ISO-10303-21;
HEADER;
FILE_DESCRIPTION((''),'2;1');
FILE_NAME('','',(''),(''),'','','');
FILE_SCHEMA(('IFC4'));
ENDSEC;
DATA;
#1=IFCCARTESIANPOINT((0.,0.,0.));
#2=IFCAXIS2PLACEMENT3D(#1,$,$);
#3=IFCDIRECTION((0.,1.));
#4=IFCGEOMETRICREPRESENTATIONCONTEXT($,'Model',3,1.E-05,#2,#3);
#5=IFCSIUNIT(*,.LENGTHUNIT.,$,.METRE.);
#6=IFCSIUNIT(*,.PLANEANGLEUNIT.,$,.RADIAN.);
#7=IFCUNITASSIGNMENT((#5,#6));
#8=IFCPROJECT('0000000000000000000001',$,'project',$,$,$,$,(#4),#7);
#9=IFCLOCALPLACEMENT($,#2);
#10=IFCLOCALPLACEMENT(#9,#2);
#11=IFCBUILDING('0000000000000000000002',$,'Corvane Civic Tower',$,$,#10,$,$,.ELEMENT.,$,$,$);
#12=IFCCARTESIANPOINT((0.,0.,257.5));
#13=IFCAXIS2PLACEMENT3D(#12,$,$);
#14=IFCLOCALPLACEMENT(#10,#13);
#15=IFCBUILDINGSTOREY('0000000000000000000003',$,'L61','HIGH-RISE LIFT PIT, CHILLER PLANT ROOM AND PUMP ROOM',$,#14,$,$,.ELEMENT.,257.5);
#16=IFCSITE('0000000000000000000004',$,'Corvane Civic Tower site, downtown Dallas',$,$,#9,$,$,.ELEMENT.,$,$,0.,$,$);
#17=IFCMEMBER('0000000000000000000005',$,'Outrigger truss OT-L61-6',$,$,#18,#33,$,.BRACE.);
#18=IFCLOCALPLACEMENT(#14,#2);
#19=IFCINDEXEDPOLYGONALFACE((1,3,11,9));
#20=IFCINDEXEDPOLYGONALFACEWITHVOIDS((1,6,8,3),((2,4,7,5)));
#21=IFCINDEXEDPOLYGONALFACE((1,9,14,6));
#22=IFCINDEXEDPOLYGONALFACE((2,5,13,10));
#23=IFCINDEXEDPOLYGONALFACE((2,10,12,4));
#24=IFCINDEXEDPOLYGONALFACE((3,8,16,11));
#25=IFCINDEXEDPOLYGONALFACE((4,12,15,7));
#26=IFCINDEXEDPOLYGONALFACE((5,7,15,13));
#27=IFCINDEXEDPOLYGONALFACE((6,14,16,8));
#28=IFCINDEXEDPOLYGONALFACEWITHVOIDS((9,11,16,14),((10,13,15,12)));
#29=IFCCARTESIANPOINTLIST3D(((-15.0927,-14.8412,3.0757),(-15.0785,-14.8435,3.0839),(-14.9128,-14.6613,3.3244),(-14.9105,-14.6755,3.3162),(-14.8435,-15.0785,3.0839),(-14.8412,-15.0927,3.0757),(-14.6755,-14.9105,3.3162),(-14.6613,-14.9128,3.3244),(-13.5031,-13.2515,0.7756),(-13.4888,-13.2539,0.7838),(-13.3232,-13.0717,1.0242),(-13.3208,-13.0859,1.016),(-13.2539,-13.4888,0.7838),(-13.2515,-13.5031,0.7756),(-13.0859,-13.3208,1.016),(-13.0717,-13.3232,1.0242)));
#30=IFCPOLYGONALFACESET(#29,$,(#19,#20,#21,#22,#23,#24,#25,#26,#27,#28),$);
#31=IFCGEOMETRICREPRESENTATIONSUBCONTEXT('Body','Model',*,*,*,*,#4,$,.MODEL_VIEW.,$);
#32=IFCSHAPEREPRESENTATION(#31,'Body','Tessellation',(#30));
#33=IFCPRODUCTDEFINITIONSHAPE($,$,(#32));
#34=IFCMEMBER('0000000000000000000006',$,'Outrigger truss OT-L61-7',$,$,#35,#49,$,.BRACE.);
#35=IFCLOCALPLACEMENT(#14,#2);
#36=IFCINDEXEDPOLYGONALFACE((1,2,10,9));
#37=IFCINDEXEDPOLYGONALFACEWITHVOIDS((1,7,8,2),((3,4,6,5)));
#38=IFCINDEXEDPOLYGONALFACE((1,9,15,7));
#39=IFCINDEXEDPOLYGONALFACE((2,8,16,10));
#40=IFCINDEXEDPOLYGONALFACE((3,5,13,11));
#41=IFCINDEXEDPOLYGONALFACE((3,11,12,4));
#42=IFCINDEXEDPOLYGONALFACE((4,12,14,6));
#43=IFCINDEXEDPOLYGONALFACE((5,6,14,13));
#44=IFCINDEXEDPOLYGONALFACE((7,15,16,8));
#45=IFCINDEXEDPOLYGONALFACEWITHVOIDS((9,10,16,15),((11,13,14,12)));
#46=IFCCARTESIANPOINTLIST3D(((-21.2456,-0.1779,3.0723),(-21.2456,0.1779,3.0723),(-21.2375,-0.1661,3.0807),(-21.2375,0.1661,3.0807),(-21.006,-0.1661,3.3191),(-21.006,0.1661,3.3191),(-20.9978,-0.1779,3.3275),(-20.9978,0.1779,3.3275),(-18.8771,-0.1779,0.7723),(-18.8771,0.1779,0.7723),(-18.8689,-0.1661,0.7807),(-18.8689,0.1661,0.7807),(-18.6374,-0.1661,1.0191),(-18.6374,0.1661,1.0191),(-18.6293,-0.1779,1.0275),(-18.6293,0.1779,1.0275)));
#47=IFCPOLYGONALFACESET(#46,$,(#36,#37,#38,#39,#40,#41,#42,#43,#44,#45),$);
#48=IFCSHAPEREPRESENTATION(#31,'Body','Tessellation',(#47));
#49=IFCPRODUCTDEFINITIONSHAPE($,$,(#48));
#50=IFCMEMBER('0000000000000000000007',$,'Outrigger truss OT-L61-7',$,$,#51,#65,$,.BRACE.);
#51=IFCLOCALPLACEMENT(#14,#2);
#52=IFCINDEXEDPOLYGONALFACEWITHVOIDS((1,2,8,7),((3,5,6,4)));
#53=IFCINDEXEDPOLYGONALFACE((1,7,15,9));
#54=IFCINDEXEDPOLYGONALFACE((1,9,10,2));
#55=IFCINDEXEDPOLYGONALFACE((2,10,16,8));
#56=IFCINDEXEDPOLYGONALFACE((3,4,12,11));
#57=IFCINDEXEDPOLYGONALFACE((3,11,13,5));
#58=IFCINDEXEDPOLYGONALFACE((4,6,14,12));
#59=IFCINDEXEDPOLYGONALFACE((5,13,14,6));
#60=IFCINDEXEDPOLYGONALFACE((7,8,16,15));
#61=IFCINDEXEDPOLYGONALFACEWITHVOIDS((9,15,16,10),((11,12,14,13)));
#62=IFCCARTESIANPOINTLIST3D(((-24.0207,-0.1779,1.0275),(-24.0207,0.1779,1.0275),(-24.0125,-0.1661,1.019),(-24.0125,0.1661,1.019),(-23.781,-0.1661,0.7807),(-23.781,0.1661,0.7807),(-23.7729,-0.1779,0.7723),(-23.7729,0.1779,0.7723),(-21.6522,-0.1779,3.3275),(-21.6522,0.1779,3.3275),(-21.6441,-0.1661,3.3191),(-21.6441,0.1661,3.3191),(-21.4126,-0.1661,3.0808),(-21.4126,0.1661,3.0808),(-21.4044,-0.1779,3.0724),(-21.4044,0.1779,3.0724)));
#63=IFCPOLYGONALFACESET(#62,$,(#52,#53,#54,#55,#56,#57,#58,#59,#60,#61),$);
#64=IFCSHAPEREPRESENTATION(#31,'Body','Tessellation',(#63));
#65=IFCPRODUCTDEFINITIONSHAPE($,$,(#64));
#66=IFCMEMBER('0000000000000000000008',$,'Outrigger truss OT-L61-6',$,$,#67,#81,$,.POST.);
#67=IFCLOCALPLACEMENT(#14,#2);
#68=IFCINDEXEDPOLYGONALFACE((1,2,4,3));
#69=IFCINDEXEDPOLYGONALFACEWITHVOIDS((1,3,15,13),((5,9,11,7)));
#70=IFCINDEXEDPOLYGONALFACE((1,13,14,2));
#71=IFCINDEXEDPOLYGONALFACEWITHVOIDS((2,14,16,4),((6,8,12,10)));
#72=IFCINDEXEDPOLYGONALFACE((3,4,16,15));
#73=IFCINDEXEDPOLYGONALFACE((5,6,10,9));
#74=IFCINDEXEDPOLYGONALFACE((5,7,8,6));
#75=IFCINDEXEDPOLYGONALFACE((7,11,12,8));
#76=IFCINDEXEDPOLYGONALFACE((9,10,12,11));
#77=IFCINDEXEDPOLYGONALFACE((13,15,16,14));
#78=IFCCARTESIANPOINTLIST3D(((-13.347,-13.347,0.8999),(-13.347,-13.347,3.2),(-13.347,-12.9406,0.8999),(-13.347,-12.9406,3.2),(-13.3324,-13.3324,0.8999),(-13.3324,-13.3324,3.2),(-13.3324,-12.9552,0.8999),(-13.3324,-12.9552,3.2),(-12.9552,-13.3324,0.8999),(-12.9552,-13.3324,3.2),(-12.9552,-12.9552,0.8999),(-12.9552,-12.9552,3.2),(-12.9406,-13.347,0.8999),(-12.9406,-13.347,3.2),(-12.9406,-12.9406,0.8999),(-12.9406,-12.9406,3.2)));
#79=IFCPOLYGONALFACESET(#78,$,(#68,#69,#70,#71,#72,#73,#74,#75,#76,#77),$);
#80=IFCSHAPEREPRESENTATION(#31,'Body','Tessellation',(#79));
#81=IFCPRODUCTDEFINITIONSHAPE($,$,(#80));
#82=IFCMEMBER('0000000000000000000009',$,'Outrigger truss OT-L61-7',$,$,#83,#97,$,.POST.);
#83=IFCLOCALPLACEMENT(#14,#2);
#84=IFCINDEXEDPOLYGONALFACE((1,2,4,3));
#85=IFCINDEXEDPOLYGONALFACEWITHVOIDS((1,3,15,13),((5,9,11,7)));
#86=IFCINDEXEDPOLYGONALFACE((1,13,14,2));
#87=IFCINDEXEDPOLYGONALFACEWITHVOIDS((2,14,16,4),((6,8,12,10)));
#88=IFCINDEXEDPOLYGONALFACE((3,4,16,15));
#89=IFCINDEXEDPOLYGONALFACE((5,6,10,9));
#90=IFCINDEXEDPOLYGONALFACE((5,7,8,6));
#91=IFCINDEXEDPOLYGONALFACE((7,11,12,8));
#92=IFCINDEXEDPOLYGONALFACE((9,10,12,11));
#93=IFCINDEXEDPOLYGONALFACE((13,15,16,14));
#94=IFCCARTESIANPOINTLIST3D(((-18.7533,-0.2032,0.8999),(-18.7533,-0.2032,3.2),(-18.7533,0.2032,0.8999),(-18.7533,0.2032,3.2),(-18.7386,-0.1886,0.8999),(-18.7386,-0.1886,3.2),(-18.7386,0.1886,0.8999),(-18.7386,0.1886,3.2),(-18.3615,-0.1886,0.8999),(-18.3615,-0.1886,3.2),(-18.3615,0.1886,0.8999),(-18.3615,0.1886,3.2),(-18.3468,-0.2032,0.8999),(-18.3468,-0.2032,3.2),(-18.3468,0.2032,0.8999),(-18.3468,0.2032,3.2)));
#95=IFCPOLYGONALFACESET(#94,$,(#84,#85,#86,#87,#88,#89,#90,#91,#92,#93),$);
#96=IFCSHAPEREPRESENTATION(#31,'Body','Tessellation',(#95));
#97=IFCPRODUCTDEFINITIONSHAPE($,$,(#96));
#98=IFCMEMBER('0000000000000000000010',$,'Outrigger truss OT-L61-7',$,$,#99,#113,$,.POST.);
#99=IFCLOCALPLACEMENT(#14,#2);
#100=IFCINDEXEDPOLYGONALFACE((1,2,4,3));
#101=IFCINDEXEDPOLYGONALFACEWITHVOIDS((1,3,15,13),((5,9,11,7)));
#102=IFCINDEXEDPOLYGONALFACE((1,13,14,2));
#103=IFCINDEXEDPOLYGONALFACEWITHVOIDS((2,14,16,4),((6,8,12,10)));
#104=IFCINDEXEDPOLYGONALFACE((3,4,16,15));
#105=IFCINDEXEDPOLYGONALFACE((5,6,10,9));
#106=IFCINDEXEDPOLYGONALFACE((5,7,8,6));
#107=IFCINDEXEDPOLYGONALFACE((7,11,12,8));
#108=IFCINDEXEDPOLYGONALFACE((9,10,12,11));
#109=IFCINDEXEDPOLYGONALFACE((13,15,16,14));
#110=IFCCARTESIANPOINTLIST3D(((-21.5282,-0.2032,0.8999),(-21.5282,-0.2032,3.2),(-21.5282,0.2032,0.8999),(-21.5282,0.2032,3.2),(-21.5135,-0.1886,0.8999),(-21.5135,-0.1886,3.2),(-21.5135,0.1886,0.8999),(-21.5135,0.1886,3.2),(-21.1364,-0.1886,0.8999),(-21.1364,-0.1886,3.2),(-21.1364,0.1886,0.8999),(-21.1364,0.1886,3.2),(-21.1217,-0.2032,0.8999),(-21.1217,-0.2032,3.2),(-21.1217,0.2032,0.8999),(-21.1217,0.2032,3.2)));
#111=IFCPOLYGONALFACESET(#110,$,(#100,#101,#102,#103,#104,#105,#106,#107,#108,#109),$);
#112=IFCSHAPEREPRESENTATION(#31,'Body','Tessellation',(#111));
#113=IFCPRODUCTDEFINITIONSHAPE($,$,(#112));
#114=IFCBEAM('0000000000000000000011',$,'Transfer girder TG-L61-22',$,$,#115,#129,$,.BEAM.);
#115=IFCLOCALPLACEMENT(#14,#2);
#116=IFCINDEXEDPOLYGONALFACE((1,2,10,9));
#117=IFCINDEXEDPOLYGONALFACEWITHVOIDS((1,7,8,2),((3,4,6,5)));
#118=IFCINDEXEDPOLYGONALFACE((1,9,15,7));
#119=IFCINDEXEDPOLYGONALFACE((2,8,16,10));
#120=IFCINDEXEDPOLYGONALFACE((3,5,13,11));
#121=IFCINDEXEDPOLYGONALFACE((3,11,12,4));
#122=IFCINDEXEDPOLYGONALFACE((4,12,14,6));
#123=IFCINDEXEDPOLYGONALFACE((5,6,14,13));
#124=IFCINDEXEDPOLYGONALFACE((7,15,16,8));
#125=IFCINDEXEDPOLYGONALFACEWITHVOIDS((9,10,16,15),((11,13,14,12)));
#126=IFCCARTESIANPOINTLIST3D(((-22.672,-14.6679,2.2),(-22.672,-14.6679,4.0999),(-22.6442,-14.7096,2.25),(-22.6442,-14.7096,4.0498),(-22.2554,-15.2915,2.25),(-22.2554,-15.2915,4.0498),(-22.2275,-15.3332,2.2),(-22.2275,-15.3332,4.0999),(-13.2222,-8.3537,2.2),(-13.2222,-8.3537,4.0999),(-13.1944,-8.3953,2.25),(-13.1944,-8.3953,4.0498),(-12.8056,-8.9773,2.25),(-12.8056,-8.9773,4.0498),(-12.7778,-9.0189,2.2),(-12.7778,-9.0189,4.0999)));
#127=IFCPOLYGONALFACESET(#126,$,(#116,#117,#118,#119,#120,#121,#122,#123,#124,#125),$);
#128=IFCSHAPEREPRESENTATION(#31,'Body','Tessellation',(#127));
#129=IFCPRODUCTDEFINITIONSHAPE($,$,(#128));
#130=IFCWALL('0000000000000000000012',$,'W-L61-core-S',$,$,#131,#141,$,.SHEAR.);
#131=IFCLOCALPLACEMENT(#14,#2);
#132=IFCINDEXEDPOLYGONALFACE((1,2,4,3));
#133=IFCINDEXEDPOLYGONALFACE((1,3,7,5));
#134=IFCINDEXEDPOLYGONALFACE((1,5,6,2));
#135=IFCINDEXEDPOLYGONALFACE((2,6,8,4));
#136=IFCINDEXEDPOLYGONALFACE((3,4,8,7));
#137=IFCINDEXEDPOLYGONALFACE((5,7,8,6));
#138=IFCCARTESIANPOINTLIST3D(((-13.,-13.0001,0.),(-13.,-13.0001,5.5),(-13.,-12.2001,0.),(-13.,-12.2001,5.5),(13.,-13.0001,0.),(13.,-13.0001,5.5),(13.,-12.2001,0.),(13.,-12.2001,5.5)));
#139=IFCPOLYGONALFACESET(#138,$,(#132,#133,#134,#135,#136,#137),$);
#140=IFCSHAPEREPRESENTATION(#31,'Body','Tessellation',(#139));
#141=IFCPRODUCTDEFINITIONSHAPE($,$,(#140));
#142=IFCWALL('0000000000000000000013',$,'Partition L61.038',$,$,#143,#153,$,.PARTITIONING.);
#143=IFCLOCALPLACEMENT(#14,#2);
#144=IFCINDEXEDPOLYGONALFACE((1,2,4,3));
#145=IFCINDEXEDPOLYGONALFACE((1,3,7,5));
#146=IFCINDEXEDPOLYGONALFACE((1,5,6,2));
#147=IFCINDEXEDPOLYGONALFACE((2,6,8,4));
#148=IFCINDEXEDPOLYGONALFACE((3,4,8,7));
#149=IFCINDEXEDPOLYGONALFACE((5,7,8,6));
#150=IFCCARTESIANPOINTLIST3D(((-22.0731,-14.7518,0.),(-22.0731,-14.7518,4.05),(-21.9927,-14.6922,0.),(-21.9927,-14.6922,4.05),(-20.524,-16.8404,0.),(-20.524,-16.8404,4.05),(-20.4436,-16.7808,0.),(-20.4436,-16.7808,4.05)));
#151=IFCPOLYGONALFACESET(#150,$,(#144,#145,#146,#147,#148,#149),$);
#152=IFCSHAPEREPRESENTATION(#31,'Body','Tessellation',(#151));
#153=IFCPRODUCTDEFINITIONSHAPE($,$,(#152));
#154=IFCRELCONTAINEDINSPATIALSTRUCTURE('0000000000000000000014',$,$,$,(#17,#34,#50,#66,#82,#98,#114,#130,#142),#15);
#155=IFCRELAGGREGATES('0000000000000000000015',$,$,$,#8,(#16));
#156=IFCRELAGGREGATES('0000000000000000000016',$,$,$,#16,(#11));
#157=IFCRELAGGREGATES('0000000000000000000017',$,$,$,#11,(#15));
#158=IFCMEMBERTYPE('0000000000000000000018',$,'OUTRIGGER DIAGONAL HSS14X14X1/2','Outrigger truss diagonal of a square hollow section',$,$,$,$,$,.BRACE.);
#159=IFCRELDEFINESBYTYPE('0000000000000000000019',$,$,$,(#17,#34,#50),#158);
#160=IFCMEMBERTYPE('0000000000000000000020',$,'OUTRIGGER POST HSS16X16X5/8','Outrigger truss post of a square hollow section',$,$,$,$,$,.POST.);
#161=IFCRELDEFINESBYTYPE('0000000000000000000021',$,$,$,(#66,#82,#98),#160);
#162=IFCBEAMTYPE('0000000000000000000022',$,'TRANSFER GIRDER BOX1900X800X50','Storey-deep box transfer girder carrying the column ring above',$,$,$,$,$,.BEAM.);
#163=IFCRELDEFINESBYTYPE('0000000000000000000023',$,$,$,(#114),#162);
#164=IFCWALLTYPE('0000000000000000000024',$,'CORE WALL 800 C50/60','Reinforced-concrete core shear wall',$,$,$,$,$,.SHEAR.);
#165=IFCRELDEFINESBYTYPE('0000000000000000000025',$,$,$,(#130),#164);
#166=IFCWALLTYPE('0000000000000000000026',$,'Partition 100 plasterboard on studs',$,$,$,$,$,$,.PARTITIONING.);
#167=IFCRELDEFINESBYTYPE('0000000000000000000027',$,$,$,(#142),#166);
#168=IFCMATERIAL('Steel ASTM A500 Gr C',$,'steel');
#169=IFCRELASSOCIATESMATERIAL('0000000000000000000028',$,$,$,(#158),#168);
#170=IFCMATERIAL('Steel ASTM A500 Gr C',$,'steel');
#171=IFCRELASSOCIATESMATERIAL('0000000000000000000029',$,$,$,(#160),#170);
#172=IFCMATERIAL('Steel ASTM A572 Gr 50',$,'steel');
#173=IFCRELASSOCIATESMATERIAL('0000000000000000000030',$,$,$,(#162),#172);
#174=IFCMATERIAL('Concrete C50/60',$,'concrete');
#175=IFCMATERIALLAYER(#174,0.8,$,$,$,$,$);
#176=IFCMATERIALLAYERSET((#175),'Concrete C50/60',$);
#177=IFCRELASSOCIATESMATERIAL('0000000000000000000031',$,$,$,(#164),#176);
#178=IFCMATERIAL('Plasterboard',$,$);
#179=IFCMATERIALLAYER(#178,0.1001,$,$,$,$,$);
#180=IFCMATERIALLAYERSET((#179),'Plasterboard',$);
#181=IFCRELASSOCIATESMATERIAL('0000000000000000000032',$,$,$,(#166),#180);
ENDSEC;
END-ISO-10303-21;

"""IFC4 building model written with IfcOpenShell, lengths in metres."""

from ifc_helpers import new_model, si_unit, direction, frame, frame_2d, origin, origin_2d, place, context, subcontext, project, spatial, rectangle, hollow_rectangle, extrude, material, layer, layer_set, material_profile, profile_set, type_object, element, save


model = new_model("IFC4")

# Units and contexts
model_context = context("Model", 3, precision=1e-05, world=origin(), true_north=direction((0.0, 1.0)))
body_context = subcontext(model_context, "Body", "Model", "MODEL_VIEW")
ifc_project = project(units=[si_unit("LENGTHUNIT", "METRE"), si_unit("PLANEANGLEUNIT", "RADIAN")], contexts=[model_context])

# Site, building, storey
site_placement = place(None, origin())
site = spatial("IfcSite", under=ifc_project, at=site_placement, Name="Corvane Civic Tower site, downtown Dallas", CompositionType="ELEMENT", RefElevation=0.0)
building_placement = place(site_placement, origin())
building = spatial("IfcBuilding", under=site, at=building_placement, Name="Corvane Civic Tower", CompositionType="ELEMENT")
storey_placement = place(building_placement, frame((0.0, 0.0, 257.5)))
storey = spatial("IfcBuildingStorey", under=building, at=storey_placement, Name="L61", Description="HIGH-RISE LIFT PIT, CHILLER PLANT ROOM AND PUMP ROOM", CompositionType="ELEMENT", Elevation=257.5)

# Members
ifc_material_1 = material(Name="Steel ASTM A500 Gr C", Category="steel")
ifc_material_profile_1 = material_profile(ifc_material_1, hollow_rectangle(XDim=0.3557, YDim=0.3557, WallThickness=0.0117, at=origin_2d()), Name="HSS14X14X1/2")
ifc_profile_set_1 = profile_set([ifc_material_profile_1], Name="Steel ASTM A500 Gr C")
member_type_1 = type_object("IfcMemberType", Name="OUTRIGGER DIAGONAL HSS14X14X1/2", Description="Outrigger truss diagonal of a square hollow section", PredefinedType="BRACE", material=ifc_profile_set_1)
member_1_placement = place(storey_placement, frame((-13.2874, -13.2874, 0.8999), z_axis=(-0.494249, -0.494249, 0.715147), x_axis=(0.707107, -0.707107, 0.0)))
element("IfcMember", 1, at=member_1_placement, inside=storey, type_object=member_type_1, Name="Outrigger truss OT-L61-6", PredefinedType="BRACE", context=body_context, shape_type="SweptSolid", body=[
    extrude(hollow_rectangle(XDim=0.3557, YDim=0.3557, WallThickness=0.0117, at=origin_2d()), origin(), (0.0, 0.0, 1.0), 3.2163),
])
for number, where, z_axis, x_axis, name in (
    (2, (-18.7532, 0.0, 0.8999), (-0.71742, 0.0, 0.696641), (0.0, -1.0, 0.0), "Outrigger truss OT-L61-7"),
    (3, (-21.5283, 0.0, 3.2), (-0.717384, 0.0, -0.696678), (0.0, -1.0, 0.0), "Outrigger truss OT-L61-7"),
):
    element("IfcMember", number, at=place(storey_placement, frame(where, z_axis=z_axis, x_axis=x_axis)), inside=storey, type_object=member_type_1, Name=name, PredefinedType="BRACE", context=body_context, shape_type="SweptSolid", body=[
        extrude(hollow_rectangle(XDim=0.3557, YDim=0.3557, WallThickness=0.0117, at=origin_2d()), origin(), (0.0, 0.0, 1.0), 3.3015),
    ])
ifc_material_2 = material(Name="Steel ASTM A500 Gr C", Category="steel")
ifc_material_profile_2 = material_profile(ifc_material_2, hollow_rectangle(XDim=0.4065, YDim=0.4065, WallThickness=0.0146, at=origin_2d()), Name="HSS16X16X5/8")
ifc_profile_set_2 = profile_set([ifc_material_profile_2], Name="Steel ASTM A500 Gr C")
member_type_2 = type_object("IfcMemberType", Name="OUTRIGGER POST HSS16X16X5/8", Description="Outrigger truss post of a square hollow section", PredefinedType="POST", material=ifc_profile_set_2)
for number, where, z_axis, x_axis, name in (
    (4, (-13.1438, -13.1438, 0.8999), (0.0, 0.0, 1.0), (1.0, 0.0, 0.0), "Outrigger truss OT-L61-6"),
    (5, (-18.55, 0.0, 0.8999), (0.0, 0.0, 1.0), (1.0, 0.0, 0.0), "Outrigger truss OT-L61-7"),
    (6, (-21.325, 0.0, 0.8999), (0.0, 0.0, 1.0), (1.0, 0.0, 0.0), "Outrigger truss OT-L61-7"),
):
    element("IfcMember", number, at=place(storey_placement, frame(where, z_axis=z_axis, x_axis=x_axis)), inside=storey, type_object=member_type_2, Name=name, PredefinedType="POST", context=body_context, shape_type="SweptSolid", body=[
        extrude(hollow_rectangle(XDim=0.4065, YDim=0.4065, WallThickness=0.0146, at=origin_2d()), origin(), (0.0, 0.0, 1.0), 2.3),
    ])

# Beam
ifc_material_3 = material(Name="Steel ASTM A572 Gr 50", Category="steel")
ifc_material_profile_3 = material_profile(ifc_material_3, hollow_rectangle(XDim=0.8, YDim=1.8999, WallThickness=0.05, at=origin_2d()), Name="BOX1900X800X50")
ifc_profile_set_3 = profile_set([ifc_material_profile_3], Name="Steel ASTM A572 Gr 50")
beam_type_1 = type_object("IfcBeamType", Name="TRANSFER GIRDER BOX1900X800X50", Description="Storey-deep box transfer girder carrying the column ring above", PredefinedType="BEAM", material=ifc_profile_set_3)
beam_1_placement = place(storey_placement, frame((-13.0, -8.6863, 3.1499), z_axis=(-0.831465, -0.555577, 0.0), x_axis=(0.555577, -0.831465, 0.0)))
element("IfcBeam", 7, at=beam_1_placement, inside=storey, type_object=beam_type_1, Name="Transfer girder TG-L61-22", PredefinedType="BEAM", context=body_context, shape_type="SweptSolid", body=[
    extrude(hollow_rectangle(XDim=0.8, YDim=1.8999, WallThickness=0.05, at=origin_2d()), origin(), (0.0, 0.0, 1.0), 11.3652),
])

# Walls
ifc_material_4 = material(Name="Concrete C50/60", Category="concrete")
ifc_layer_1 = layer(ifc_material_4, 0.8)
ifc_layer_set_1 = layer_set([ifc_layer_1], Name="Concrete C50/60")
wall_type_1 = type_object("IfcWallType", Name="CORE WALL 800 C50/60", Description="Reinforced-concrete core shear wall", PredefinedType="SHEAR", material=ifc_layer_set_1)
wall_1_placement = place(storey_placement, frame((-13.0, -12.6001, 0.0), z_axis=(0.0, 0.0, 1.0), x_axis=(1.0, 0.0, 0.0)))
element("IfcWall", 8, at=wall_1_placement, inside=storey, type_object=wall_type_1, Name="W-L61-core-S", PredefinedType="SHEAR", context=body_context, shape_type="SweptSolid", body=[
    extrude(rectangle(XDim=26.0, YDim=0.8, at=frame_2d((13.0, 0.0))), origin(), (0.0, 0.0, 1.0), 5.5),
])
ifc_material_5 = material(Name="Plasterboard")
ifc_layer_2 = layer(ifc_material_5, 0.1001)
ifc_layer_set_2 = layer_set([ifc_layer_2], Name="Plasterboard")
wall_type_2 = type_object("IfcWallType", Name="Partition 100 plasterboard on studs", PredefinedType="PARTITIONING", material=ifc_layer_set_2)
wall_2_placement = place(storey_placement, frame((-22.033, -14.7219, 0.0), z_axis=(0.0, 0.0, 1.0), x_axis=(0.59571, -0.803199, 0.0)))
element("IfcWall", 9, at=wall_2_placement, inside=storey, type_object=wall_type_2, Name="Partition L61.038", PredefinedType="PARTITIONING", context=body_context, shape_type="SweptSolid", body=[
    extrude(rectangle(XDim=2.6003, YDim=0.1001, at=frame_2d((1.3003, 0.0))), origin(), (0.0, 0.0, 1.0), 4.05),
])

save(model, "model.ifc")
